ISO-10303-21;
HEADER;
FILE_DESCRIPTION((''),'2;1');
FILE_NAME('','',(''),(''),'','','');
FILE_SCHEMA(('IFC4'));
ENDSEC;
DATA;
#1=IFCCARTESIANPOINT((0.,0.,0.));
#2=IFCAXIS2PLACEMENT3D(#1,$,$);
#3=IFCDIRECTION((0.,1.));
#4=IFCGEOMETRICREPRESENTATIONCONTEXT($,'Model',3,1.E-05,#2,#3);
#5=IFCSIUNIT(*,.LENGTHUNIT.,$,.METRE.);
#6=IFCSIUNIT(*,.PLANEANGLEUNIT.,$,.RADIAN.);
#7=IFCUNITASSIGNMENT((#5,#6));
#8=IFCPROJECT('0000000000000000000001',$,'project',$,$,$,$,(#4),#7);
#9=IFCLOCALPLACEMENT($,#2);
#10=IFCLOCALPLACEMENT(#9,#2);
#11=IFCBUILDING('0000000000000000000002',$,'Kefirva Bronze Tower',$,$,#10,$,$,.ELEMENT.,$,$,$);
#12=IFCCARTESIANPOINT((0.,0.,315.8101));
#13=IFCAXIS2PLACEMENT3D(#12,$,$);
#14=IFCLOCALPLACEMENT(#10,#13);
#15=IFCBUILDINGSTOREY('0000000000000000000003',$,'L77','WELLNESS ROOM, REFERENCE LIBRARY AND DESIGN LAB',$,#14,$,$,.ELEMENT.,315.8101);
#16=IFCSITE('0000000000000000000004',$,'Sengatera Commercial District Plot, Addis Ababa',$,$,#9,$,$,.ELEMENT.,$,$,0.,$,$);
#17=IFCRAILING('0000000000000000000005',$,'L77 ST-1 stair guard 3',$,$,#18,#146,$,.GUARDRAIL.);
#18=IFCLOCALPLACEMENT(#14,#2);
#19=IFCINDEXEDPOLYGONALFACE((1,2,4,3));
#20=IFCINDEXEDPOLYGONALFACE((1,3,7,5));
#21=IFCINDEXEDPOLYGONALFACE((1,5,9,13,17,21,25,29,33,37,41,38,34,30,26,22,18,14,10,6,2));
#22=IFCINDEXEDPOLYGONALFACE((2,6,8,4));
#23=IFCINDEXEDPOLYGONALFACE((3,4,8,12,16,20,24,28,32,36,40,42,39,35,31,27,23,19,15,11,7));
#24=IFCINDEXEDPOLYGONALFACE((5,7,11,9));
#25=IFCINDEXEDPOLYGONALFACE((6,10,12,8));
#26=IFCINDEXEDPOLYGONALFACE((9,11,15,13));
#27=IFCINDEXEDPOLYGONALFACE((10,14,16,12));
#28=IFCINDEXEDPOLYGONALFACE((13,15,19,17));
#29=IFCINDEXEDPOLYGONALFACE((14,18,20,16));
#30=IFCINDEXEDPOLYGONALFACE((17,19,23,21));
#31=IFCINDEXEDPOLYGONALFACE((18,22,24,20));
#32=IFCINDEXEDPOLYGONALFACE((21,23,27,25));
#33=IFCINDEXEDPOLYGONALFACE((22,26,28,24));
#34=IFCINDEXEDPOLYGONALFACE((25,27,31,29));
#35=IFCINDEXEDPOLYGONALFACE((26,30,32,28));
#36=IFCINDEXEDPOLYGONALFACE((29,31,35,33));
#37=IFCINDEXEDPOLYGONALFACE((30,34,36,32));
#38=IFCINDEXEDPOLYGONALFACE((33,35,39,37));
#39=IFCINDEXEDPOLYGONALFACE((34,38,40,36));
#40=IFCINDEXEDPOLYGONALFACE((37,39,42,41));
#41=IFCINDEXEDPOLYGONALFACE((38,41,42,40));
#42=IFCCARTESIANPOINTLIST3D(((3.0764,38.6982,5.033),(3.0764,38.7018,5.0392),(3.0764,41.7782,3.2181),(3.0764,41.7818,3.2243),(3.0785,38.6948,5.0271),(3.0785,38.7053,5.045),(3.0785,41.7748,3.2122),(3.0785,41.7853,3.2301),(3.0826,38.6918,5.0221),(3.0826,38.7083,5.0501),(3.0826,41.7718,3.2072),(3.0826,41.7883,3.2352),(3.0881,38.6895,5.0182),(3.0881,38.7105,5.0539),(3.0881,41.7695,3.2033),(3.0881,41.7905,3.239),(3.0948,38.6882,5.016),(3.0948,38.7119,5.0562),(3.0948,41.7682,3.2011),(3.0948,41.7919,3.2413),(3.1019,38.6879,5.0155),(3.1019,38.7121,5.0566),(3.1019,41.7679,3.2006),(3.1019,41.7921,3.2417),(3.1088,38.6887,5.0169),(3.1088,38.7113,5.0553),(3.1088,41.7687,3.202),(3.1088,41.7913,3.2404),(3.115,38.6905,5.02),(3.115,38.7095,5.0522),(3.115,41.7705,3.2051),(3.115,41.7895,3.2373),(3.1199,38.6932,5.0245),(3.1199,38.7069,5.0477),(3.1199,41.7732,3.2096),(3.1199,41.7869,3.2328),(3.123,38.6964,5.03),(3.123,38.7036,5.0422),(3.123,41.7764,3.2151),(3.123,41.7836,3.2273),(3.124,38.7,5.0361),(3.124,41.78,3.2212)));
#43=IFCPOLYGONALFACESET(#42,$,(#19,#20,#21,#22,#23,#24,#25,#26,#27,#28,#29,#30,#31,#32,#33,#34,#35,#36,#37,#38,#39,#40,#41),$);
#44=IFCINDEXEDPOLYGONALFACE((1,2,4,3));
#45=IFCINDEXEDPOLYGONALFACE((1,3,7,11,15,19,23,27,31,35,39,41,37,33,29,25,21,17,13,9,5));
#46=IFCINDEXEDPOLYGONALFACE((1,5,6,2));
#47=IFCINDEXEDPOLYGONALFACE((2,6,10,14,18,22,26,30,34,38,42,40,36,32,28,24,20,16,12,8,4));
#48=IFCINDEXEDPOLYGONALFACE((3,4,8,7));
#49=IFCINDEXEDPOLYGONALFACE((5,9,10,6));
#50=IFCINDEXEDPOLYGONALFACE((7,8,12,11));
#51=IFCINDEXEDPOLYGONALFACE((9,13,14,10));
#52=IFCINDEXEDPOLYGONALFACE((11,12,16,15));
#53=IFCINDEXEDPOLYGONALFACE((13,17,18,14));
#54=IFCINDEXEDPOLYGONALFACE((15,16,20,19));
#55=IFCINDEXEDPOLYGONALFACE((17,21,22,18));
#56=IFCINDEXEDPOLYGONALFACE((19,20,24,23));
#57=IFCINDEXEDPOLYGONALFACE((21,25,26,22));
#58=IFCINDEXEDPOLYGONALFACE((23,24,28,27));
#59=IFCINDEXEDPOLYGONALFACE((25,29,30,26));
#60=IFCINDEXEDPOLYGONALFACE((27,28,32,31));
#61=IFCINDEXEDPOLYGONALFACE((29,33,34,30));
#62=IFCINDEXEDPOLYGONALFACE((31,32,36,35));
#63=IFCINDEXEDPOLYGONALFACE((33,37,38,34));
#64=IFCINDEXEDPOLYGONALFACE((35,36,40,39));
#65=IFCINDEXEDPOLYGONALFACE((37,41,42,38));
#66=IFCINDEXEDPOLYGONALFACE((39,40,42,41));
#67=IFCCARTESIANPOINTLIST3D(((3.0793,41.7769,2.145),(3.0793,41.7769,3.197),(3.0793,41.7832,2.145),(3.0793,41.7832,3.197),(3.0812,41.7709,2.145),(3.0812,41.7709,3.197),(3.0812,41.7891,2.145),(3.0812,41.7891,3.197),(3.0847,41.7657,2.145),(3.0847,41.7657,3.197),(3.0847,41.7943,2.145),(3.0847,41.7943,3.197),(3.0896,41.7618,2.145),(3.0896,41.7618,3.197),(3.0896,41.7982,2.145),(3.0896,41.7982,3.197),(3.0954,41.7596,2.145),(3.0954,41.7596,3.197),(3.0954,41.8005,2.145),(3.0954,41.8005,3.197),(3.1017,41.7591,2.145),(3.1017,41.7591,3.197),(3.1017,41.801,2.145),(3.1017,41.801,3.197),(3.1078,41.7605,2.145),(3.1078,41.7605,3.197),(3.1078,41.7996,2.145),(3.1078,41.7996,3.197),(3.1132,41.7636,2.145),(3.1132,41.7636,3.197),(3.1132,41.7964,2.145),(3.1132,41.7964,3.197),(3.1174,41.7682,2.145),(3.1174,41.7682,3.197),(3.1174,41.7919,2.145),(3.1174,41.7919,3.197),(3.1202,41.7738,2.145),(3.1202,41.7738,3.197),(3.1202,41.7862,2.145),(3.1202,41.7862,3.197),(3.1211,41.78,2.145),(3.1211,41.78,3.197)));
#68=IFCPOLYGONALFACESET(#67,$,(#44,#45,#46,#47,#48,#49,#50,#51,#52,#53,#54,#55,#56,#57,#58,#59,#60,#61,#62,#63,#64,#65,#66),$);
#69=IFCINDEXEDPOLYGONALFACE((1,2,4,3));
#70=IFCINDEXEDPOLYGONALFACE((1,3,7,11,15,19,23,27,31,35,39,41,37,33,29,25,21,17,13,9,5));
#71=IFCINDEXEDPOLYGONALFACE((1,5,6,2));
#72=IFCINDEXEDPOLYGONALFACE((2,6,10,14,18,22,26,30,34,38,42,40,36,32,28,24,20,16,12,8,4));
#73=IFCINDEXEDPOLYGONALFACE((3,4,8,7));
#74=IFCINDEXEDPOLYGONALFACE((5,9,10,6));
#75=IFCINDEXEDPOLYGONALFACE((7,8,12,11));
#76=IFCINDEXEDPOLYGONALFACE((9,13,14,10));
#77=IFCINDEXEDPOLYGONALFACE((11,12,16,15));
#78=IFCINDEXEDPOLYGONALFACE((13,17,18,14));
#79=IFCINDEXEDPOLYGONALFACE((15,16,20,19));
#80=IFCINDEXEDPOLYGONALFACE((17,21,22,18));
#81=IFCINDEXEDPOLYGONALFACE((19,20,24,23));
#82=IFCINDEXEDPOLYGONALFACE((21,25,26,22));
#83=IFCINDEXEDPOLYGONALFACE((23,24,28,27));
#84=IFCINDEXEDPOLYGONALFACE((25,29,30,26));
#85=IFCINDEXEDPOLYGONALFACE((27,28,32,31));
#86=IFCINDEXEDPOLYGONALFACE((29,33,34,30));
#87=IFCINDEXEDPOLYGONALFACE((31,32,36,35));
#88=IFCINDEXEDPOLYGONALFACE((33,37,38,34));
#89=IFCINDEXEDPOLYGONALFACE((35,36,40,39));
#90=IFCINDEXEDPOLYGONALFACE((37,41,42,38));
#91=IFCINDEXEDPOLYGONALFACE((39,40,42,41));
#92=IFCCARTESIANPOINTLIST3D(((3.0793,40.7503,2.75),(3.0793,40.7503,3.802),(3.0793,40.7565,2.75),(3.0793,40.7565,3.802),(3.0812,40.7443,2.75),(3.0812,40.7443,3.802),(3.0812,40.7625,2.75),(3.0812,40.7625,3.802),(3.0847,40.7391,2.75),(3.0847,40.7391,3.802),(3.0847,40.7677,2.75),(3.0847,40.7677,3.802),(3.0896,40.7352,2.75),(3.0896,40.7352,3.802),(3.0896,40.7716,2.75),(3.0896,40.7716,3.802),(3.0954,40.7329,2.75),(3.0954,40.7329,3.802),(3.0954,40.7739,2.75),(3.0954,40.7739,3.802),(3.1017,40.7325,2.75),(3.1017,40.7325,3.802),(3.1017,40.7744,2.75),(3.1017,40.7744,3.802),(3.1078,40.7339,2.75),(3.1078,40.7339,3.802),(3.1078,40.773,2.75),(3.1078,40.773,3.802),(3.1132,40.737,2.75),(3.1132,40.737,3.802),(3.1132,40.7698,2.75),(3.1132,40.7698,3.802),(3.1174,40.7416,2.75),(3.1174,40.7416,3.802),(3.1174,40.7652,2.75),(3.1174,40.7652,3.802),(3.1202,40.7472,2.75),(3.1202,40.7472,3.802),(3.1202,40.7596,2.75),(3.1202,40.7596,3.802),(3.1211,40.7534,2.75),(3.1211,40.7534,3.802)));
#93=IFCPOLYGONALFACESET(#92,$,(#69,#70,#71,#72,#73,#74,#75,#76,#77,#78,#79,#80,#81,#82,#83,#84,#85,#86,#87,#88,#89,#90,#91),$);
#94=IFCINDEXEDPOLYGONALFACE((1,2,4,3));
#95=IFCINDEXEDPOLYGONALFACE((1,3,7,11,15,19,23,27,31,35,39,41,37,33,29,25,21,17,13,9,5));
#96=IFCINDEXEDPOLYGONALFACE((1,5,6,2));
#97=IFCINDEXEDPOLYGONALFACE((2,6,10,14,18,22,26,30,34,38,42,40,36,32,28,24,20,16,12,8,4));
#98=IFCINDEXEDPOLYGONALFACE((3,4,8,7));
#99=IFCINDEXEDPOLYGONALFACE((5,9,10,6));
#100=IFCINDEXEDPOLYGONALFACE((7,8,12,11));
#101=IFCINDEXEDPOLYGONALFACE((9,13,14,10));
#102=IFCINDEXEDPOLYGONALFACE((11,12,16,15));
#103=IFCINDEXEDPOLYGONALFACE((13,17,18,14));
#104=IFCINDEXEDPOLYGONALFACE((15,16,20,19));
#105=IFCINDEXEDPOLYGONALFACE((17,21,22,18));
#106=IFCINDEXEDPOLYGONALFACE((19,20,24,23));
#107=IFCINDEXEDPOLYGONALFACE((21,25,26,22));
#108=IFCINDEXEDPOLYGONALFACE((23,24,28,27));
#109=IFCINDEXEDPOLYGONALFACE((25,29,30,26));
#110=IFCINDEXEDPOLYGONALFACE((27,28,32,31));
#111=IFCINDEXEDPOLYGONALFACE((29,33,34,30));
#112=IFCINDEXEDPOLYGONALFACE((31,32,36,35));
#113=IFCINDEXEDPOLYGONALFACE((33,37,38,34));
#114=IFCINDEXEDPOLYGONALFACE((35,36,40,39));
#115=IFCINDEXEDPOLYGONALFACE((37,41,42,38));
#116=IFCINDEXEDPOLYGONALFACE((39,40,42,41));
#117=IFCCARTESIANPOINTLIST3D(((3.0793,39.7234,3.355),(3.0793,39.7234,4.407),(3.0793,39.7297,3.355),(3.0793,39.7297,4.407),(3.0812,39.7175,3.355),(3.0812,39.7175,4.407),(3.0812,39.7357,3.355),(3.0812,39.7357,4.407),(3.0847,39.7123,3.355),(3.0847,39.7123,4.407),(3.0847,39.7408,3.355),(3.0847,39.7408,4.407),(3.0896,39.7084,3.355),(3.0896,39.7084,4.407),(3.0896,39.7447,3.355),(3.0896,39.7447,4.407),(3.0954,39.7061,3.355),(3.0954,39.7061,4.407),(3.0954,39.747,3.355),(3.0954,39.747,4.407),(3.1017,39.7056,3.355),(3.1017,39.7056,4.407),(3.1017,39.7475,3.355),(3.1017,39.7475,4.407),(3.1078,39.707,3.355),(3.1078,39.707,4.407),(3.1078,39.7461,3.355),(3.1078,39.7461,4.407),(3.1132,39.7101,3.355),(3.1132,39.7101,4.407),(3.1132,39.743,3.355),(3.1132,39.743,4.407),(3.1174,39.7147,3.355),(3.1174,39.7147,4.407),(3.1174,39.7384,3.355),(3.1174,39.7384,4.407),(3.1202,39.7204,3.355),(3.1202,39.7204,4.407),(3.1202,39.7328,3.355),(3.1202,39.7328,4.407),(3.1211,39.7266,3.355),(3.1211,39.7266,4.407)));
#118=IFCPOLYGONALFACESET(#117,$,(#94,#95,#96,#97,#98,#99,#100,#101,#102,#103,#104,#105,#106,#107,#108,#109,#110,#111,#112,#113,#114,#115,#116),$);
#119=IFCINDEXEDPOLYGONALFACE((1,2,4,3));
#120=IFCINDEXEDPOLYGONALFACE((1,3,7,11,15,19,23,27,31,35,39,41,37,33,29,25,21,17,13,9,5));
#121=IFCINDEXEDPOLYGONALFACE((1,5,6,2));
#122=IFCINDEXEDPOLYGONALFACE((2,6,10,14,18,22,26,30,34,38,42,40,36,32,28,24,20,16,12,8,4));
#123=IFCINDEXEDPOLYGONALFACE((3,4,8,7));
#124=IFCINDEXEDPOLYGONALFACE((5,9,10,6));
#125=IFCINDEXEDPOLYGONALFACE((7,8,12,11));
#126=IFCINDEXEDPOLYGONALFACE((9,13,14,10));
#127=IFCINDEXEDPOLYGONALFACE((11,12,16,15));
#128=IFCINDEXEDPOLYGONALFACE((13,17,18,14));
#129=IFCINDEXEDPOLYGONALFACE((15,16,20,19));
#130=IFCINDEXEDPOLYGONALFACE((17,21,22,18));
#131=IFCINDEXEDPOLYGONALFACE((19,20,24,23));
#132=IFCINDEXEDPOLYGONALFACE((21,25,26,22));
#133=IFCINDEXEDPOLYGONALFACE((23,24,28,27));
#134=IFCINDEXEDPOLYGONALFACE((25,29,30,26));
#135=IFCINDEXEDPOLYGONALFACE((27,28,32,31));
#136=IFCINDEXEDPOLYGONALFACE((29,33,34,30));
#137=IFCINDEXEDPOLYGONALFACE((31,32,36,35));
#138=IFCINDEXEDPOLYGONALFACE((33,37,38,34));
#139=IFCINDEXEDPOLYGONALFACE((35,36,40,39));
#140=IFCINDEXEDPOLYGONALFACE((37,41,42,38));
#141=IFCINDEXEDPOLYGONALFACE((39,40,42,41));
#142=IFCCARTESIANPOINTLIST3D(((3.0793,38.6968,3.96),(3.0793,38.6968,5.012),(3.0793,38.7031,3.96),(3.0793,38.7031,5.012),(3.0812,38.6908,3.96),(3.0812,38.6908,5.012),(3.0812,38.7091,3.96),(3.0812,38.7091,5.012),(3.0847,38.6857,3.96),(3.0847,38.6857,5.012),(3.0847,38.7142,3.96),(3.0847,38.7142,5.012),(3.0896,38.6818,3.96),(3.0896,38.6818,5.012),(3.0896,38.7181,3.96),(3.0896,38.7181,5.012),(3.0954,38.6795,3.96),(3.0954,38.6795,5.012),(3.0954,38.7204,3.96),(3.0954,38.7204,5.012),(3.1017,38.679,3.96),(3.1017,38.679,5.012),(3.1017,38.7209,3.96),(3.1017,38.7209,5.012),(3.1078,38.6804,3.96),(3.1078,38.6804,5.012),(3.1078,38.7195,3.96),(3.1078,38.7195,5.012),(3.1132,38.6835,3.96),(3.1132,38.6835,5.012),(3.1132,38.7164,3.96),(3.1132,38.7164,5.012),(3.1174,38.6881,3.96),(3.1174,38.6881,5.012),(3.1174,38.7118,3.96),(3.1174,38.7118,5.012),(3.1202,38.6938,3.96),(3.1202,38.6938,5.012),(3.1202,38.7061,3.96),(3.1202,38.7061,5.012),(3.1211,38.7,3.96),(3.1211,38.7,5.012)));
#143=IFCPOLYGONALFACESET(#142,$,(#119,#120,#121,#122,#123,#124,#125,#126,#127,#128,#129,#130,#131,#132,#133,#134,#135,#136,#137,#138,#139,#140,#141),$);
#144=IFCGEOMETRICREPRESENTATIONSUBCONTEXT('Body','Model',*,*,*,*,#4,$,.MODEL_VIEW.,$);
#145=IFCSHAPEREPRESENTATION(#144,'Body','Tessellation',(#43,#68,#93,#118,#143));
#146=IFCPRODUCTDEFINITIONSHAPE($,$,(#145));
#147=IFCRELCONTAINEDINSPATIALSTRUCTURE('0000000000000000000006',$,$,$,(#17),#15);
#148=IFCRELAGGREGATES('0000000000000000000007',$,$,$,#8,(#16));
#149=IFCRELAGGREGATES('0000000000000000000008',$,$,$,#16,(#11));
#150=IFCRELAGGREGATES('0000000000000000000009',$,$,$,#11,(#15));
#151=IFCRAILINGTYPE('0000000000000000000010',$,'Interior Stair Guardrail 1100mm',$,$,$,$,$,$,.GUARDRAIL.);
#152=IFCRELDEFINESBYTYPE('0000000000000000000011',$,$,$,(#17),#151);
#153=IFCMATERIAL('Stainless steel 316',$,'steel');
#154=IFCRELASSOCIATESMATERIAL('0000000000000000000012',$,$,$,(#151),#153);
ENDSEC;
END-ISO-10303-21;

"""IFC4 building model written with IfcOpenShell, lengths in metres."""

from ifc_helpers import new_model, si_unit, direction, frame, origin, origin_2d, place, context, subcontext, project, spatial, circle, extrude, material, type_object, element, save


model = new_model("IFC4")

# Units and contexts
model_context = context("Model", 3, precision=1e-05, world=origin(), true_north=direction((0.0, 1.0)))
body_context = subcontext(model_context, "Body", "Model", "MODEL_VIEW")
ifc_project = project(units=[si_unit("LENGTHUNIT", "METRE"), si_unit("PLANEANGLEUNIT", "RADIAN")], contexts=[model_context])

# Site, building, storey
site_placement = place(None, origin())
site = spatial("IfcSite", under=ifc_project, at=site_placement, Name="Sengatera Commercial District Plot, Addis Ababa", CompositionType="ELEMENT", RefElevation=0.0)
building_placement = place(site_placement, origin())
building = spatial("IfcBuilding", under=site, at=building_placement, Name="Kefirva Bronze Tower", CompositionType="ELEMENT")
storey_placement = place(building_placement, frame((0.0, 0.0, 315.8101)))
storey = spatial("IfcBuildingStorey", under=building, at=storey_placement, Name="L77", Description="WELLNESS ROOM, REFERENCE LIBRARY AND DESIGN LAB", CompositionType="ELEMENT", Elevation=315.8101)

# Railing
ifc_material_1 = material(Name="Stainless steel 316", Category="steel")
railing_type_1 = type_object("IfcRailingType", Name="Interior Stair Guardrail 1100mm", PredefinedType="GUARDRAIL", material=ifc_material_1)
railing_1_placement = place(storey_placement, frame((3.1001, 41.78, 2.145)))
element("IfcRailing", 1, at=railing_1_placement, inside=storey, type_object=railing_type_1, Name="L77 ST-1 stair guard 3", PredefinedType="GUARDRAIL", context=body_context, shape_type="SweptSolid", body=[
    extrude(circle(Radius=0.0239, at=origin_2d()), frame((0.0, 0.0, 1.0762), z_axis=(0.0, -0.861551, 0.507671), x_axis=(1.0, 0.0, 0.0)), (0.0, 0.0, 1.0), 3.575),
    extrude(circle(Radius=0.021, at=origin_2d()), origin(), (0.0, 0.0, 1.0), 1.052),
    extrude(circle(Radius=0.021, at=origin_2d()), frame((0.0, -1.0266, 0.605)), (0.0, 0.0, 1.0), 1.052),
    extrude(circle(Radius=0.021, at=origin_2d()), frame((0.0, -2.0535, 1.21)), (0.0, 0.0, 1.0), 1.052),
    extrude(circle(Radius=0.021, at=origin_2d()), frame((0.0, -3.0801, 1.8149)), (0.0, 0.0, 1.0), 1.052),
])

save(model, "model.ifc")
